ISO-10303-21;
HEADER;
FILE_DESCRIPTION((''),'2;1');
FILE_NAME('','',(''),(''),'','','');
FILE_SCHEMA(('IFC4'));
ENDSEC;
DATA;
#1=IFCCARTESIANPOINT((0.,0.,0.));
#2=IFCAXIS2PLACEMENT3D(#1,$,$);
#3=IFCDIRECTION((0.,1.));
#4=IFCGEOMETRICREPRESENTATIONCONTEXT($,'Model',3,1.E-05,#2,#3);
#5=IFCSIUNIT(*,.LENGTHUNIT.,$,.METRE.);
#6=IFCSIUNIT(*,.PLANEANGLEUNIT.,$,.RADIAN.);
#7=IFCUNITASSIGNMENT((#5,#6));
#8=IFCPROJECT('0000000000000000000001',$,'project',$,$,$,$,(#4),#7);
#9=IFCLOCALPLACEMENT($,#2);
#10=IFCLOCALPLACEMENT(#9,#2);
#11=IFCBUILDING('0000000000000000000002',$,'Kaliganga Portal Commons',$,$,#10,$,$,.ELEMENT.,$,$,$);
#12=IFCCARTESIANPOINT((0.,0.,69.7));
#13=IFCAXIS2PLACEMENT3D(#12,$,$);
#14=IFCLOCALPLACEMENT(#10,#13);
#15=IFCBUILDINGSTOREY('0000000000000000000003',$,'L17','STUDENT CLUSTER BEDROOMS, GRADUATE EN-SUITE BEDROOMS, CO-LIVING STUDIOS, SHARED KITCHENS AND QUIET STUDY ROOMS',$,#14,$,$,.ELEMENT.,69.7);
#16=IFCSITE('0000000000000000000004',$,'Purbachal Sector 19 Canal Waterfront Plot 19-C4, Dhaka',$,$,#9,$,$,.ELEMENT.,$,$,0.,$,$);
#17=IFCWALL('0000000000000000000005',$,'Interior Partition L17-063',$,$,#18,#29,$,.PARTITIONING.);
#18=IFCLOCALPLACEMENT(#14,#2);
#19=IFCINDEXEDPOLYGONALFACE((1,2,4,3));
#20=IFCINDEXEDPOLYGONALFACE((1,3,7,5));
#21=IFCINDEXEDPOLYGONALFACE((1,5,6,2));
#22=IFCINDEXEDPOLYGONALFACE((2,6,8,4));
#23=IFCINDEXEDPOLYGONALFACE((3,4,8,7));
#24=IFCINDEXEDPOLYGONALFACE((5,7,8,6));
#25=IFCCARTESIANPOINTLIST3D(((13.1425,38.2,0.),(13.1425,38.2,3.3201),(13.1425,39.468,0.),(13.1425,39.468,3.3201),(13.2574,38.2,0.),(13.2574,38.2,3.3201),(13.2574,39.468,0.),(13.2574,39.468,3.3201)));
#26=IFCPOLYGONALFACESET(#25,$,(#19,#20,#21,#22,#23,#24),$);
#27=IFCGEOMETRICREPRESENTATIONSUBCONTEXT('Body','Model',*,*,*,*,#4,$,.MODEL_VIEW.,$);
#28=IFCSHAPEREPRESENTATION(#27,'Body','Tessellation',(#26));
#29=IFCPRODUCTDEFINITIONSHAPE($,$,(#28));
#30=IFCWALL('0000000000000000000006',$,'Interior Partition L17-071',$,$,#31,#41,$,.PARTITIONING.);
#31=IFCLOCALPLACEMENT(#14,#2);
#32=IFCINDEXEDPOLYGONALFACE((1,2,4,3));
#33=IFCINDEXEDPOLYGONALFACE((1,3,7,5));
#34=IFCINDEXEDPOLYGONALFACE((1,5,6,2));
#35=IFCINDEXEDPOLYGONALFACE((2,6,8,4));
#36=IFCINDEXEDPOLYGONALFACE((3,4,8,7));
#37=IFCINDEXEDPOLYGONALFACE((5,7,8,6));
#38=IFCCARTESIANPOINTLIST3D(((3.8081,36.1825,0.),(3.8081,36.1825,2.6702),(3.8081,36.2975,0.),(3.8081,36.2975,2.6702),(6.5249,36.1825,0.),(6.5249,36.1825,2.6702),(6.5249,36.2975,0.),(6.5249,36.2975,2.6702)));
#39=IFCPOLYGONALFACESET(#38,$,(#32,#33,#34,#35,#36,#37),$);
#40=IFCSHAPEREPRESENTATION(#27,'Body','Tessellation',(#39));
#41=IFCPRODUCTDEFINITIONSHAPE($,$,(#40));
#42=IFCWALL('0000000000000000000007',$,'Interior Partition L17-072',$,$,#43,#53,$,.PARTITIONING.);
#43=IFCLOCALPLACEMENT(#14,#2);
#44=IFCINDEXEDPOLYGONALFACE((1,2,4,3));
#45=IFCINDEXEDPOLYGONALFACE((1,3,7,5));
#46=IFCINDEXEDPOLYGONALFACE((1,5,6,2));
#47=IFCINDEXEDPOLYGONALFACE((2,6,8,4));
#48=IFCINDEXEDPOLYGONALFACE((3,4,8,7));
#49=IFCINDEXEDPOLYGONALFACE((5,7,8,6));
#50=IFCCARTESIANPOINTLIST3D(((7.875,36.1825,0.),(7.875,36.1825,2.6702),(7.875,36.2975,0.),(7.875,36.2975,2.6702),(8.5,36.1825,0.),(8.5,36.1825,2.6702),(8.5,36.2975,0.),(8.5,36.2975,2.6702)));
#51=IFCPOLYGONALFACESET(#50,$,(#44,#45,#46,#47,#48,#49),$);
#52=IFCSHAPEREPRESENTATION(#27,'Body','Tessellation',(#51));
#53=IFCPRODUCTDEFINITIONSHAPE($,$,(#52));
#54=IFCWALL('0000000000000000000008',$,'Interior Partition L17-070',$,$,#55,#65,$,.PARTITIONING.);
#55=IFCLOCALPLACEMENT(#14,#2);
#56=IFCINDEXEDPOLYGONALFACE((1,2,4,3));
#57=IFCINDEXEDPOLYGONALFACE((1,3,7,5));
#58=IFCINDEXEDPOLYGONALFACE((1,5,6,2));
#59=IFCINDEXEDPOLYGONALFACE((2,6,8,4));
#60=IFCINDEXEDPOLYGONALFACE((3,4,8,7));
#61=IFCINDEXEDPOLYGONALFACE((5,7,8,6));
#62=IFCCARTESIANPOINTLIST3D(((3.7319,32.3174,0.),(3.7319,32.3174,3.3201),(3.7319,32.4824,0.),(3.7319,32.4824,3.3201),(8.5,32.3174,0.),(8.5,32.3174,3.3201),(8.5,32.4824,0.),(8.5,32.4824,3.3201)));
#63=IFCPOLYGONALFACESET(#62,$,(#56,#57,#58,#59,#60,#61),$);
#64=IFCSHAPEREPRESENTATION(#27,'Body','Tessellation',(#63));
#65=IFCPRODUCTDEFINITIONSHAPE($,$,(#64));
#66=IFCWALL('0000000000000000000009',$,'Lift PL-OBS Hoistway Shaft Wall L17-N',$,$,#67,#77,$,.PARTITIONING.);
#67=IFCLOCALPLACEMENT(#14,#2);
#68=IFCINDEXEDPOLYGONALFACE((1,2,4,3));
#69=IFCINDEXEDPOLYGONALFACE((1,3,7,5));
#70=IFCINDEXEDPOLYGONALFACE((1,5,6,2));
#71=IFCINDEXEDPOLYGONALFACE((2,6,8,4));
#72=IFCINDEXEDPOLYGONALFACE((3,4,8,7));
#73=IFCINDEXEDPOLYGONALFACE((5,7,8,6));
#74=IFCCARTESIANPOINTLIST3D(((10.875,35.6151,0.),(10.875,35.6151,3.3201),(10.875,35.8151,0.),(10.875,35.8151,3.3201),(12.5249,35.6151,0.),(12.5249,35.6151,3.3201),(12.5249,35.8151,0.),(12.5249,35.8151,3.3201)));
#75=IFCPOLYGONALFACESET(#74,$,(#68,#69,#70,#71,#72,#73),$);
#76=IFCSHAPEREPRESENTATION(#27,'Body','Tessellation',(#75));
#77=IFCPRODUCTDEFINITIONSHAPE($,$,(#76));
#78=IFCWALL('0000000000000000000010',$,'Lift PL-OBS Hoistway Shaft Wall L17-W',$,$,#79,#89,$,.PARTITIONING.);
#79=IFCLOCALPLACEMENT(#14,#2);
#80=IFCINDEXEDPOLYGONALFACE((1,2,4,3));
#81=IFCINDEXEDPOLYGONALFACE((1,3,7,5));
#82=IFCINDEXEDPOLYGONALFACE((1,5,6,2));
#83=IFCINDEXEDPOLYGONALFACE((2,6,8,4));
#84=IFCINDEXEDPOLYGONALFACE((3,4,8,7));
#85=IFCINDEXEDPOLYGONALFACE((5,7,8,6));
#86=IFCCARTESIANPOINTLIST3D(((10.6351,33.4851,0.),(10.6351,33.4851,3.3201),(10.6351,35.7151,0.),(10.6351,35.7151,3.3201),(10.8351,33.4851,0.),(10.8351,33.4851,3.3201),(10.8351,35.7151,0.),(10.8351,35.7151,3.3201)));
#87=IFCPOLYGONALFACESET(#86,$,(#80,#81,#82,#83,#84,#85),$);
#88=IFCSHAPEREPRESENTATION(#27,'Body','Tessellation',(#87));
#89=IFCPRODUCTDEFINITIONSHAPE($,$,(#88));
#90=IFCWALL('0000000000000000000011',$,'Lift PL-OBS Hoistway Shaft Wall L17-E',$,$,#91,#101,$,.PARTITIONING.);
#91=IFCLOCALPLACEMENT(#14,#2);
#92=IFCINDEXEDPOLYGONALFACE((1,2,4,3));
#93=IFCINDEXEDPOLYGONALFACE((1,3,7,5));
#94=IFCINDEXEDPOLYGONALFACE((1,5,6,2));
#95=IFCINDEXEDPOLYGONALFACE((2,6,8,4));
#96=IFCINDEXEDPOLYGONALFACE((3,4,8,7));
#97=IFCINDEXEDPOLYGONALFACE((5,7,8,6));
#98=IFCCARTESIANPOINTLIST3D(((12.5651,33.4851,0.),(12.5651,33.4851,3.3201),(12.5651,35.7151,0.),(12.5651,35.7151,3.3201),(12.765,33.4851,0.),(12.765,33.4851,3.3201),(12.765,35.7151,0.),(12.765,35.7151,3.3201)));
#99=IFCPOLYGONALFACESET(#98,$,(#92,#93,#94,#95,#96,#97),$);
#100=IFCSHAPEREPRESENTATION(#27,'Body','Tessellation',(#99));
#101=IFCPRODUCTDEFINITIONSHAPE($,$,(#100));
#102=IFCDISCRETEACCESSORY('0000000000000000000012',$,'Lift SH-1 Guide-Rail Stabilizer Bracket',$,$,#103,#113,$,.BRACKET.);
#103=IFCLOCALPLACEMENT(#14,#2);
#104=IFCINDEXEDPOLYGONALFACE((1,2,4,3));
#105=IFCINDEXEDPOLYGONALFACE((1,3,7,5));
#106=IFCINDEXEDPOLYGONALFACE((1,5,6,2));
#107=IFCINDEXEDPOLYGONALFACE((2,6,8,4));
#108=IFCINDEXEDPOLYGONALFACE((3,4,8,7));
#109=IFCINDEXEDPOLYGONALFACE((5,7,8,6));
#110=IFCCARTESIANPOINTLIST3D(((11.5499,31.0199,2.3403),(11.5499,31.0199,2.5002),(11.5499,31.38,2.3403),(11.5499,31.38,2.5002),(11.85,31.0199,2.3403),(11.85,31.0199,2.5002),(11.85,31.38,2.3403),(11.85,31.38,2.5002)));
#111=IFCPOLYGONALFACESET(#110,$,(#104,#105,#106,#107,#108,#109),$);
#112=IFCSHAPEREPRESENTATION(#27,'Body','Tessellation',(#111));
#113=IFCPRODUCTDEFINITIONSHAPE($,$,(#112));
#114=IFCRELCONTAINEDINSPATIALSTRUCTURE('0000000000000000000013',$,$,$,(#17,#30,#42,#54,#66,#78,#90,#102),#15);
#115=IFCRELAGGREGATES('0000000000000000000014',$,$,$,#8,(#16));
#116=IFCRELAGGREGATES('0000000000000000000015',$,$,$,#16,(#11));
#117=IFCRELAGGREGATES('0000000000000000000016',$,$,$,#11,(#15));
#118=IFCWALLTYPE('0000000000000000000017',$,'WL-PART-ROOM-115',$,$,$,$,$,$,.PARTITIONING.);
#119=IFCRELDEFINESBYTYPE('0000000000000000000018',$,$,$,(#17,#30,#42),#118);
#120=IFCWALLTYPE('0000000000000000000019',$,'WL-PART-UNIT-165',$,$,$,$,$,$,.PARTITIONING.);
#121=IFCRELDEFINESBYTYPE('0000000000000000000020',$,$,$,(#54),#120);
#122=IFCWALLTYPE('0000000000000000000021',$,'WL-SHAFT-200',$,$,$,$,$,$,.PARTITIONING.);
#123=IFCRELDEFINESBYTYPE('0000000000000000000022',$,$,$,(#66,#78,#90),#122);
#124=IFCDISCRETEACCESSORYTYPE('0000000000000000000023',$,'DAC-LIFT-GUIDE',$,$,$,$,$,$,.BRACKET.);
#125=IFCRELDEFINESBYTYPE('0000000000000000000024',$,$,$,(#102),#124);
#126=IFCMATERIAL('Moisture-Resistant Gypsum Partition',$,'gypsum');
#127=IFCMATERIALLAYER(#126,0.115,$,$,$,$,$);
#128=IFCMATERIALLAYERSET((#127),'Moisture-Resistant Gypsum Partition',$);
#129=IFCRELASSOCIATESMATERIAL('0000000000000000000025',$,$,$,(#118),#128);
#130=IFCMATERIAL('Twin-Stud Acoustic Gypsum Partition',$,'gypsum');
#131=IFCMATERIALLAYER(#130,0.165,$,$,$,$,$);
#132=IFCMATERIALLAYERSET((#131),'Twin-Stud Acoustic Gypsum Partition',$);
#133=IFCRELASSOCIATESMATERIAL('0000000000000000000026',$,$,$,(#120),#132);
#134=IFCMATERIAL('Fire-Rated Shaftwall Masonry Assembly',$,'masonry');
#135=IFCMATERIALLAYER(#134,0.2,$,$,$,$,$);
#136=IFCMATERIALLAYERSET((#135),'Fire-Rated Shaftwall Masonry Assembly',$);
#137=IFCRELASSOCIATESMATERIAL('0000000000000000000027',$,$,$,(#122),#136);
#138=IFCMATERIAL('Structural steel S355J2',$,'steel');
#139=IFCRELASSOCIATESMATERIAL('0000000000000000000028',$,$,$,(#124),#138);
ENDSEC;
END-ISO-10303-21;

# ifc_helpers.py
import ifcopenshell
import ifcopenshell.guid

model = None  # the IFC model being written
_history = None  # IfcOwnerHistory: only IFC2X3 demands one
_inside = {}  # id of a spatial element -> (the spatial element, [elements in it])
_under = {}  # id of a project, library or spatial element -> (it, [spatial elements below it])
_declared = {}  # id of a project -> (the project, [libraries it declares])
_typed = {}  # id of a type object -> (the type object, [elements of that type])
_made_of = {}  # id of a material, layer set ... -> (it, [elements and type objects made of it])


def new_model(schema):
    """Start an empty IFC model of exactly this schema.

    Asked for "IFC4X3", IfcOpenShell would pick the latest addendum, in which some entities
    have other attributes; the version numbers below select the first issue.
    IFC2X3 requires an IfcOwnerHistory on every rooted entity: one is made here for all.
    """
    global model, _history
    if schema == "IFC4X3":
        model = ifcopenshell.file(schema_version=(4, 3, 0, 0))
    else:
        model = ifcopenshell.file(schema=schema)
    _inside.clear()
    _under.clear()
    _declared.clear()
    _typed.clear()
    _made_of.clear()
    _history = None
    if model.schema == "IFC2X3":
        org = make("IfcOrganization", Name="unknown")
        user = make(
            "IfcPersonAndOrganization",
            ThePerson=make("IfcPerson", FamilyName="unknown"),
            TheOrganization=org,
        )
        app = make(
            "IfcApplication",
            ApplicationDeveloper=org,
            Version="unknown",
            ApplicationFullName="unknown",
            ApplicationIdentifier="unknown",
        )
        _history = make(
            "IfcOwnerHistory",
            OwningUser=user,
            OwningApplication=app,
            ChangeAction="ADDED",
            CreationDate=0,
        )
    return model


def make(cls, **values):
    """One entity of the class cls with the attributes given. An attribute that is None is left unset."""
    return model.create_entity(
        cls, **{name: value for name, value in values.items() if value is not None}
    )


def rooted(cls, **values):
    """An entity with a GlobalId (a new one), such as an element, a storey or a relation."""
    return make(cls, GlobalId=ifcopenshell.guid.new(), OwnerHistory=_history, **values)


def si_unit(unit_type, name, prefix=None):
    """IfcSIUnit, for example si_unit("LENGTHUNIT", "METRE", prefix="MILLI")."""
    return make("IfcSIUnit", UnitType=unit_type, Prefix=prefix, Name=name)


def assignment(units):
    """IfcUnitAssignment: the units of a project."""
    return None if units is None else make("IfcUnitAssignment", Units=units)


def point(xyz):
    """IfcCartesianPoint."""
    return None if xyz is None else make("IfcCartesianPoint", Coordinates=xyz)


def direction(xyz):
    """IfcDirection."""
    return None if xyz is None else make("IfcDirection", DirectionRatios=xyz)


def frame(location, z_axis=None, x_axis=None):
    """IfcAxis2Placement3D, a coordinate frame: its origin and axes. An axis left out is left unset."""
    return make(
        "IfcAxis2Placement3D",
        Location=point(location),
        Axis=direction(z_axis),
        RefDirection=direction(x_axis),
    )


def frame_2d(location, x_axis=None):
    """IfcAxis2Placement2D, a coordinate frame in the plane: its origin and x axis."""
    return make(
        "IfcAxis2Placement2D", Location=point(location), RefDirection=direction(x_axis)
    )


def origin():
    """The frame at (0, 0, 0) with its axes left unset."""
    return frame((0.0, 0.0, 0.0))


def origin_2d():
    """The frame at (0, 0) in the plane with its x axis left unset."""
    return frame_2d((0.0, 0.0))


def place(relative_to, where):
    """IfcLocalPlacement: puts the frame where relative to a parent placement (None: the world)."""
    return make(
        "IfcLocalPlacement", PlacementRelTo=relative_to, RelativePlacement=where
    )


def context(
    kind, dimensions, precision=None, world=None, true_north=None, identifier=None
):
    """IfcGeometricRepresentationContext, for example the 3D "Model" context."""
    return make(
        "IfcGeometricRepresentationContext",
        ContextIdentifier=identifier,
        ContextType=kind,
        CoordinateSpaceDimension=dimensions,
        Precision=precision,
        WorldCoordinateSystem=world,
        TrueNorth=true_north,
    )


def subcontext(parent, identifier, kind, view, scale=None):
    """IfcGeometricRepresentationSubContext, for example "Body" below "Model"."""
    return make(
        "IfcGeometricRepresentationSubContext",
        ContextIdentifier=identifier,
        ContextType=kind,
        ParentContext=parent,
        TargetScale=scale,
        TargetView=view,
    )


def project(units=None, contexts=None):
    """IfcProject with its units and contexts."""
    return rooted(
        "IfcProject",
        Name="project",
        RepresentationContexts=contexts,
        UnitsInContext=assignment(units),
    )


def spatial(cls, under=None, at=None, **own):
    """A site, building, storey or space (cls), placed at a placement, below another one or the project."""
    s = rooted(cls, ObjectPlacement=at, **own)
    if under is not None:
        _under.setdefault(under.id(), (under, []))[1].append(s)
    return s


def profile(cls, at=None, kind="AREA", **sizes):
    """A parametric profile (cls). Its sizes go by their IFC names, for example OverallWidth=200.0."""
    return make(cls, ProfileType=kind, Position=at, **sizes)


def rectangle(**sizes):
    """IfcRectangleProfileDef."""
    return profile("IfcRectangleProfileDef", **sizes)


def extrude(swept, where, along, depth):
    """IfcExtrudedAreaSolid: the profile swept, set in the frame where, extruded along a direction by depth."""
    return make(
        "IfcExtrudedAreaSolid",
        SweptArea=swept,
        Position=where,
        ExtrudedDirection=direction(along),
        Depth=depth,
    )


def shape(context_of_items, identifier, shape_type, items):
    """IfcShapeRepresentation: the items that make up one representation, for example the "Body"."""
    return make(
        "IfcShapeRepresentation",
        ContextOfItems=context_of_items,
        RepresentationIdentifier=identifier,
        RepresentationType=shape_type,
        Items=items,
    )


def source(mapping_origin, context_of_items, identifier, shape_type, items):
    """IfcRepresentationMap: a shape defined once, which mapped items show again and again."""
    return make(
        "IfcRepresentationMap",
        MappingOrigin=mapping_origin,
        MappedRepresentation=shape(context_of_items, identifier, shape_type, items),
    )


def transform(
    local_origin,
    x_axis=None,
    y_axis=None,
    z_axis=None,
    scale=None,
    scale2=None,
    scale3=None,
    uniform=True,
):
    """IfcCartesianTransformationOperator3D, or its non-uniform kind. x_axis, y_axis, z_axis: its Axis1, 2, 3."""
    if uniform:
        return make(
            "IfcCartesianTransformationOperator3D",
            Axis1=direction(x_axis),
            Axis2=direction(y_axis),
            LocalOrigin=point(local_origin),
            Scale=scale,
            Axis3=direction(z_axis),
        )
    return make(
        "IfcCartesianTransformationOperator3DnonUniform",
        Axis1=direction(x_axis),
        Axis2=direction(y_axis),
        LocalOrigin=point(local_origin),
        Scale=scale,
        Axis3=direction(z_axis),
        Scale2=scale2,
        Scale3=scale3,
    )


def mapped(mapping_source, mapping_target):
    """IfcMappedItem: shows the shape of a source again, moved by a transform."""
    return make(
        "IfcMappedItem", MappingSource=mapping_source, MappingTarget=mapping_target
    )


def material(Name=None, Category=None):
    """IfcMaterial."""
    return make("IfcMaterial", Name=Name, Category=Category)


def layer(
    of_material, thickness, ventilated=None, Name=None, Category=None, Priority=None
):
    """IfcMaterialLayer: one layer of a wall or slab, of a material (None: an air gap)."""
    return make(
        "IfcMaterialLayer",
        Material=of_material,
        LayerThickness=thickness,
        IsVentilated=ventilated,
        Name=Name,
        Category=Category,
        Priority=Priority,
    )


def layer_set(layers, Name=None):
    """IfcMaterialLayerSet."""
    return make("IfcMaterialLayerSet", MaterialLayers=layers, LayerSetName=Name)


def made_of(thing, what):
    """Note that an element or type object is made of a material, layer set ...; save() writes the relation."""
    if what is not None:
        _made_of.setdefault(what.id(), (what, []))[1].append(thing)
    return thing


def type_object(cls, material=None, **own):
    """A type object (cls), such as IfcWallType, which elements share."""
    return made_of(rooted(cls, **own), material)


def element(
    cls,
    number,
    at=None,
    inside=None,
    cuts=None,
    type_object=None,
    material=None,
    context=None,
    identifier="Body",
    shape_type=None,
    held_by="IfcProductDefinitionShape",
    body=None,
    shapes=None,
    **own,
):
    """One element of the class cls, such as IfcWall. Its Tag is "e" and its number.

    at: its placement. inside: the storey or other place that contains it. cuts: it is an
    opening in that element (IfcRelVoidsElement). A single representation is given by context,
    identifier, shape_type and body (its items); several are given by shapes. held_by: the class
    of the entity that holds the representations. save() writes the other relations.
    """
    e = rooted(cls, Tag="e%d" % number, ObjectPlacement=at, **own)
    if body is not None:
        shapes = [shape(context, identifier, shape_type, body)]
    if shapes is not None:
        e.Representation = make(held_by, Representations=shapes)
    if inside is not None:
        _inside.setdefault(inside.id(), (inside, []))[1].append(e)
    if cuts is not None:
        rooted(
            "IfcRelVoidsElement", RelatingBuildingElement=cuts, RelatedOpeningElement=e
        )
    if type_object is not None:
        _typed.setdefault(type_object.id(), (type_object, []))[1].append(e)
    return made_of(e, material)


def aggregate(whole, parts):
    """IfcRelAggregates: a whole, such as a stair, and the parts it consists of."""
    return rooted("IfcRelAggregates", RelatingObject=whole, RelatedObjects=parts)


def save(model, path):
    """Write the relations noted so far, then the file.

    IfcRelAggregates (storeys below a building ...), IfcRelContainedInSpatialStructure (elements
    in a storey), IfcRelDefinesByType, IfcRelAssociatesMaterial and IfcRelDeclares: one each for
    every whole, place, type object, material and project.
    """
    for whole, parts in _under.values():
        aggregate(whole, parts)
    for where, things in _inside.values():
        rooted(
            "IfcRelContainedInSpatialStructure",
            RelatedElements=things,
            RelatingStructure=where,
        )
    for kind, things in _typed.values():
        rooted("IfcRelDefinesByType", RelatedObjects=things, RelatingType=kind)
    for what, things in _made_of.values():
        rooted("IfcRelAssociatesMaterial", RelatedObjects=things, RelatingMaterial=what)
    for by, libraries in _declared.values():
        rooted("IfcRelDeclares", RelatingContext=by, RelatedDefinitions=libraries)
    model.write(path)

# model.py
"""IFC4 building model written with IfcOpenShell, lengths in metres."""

from ifc_helpers import new_model, si_unit, direction, frame, frame_2d, origin, origin_2d, place, context, subcontext, project, spatial, rectangle, extrude, source, transform, mapped, material, layer, layer_set, type_object, element, save


model = new_model("IFC4")

# Units and contexts
model_context = context("Model", 3, precision=1e-05, world=origin(), true_north=direction((0.0, 1.0)))
body_context = subcontext(model_context, "Body", "Model", "MODEL_VIEW")
ifc_project = project(units=[si_unit("LENGTHUNIT", "METRE"), si_unit("PLANEANGLEUNIT", "RADIAN")], contexts=[model_context])

# Site, building, storey
site_placement = place(None, origin())
site = spatial("IfcSite", under=ifc_project, at=site_placement, Name="Purbachal Sector 19 Canal Waterfront Plot 19-C4, Dhaka", CompositionType="ELEMENT", RefElevation=0.0)
building_placement = place(site_placement, origin())
building = spatial("IfcBuilding", under=site, at=building_placement, Name="Kaliganga Portal Commons", CompositionType="ELEMENT")
storey_placement = place(building_placement, frame((0.0, 0.0, 69.7)))
storey = spatial("IfcBuildingStorey", under=building, at=storey_placement, Name="L17", Description="STUDENT CLUSTER BEDROOMS, GRADUATE EN-SUITE BEDROOMS, CO-LIVING STUDIOS, SHARED KITCHENS AND QUIET STUDY ROOMS", CompositionType="ELEMENT", Elevation=69.7)

# Shared definitions
ifc_material_1 = material(Name="Structural steel S355J2", Category="steel")

# Walls
ifc_material_2 = material(Name="Moisture-Resistant Gypsum Partition", Category="gypsum")
ifc_layer_1 = layer(ifc_material_2, 0.115)
ifc_layer_set_1 = layer_set([ifc_layer_1], Name="Moisture-Resistant Gypsum Partition")
wall_type_1 = type_object("IfcWallType", Name="WL-PART-ROOM-115", PredefinedType="PARTITIONING", material=ifc_layer_set_1)
wall_1_placement = place(storey_placement, frame((13.2, 38.2, 0.0), z_axis=(0.0, 0.0, 1.0), x_axis=(0.0, 1.0, 0.0)))
element("IfcWall", 1, at=wall_1_placement, inside=storey, type_object=wall_type_1, Name="Interior Partition L17-063", PredefinedType="PARTITIONING", context=body_context, shape_type="SweptSolid", body=[
    extrude(rectangle(XDim=1.2681, YDim=0.115, at=frame_2d((0.634, 0.0))), origin(), (0.0, 0.0, 1.0), 3.3201),
])
wall_2_placement = place(storey_placement, frame((3.8081, 36.24, 0.0), z_axis=(0.0, 0.0, 1.0), x_axis=(1.0, 0.0, 0.0)))
element("IfcWall", 2, at=wall_2_placement, inside=storey, type_object=wall_type_1, Name="Interior Partition L17-071", PredefinedType="PARTITIONING", context=body_context, shape_type="SweptSolid", body=[
    extrude(rectangle(XDim=2.7168, YDim=0.115, at=frame_2d((1.3584, 0.0))), origin(), (0.0, 0.0, 1.0), 2.6702),
])
wall_3_placement = place(storey_placement, frame((7.875, 36.24, 0.0), z_axis=(0.0, 0.0, 1.0), x_axis=(1.0, 0.0, 0.0)))
element("IfcWall", 3, at=wall_3_placement, inside=storey, type_object=wall_type_1, Name="Interior Partition L17-072", PredefinedType="PARTITIONING", context=body_context, shape_type="SweptSolid", body=[
    extrude(rectangle(XDim=0.625, YDim=0.115, at=frame_2d((0.3125, 0.0))), origin(), (0.0, 0.0, 1.0), 2.6702),
])
ifc_material_3 = material(Name="Twin-Stud Acoustic Gypsum Partition", Category="gypsum")
ifc_layer_2 = layer(ifc_material_3, 0.165)
ifc_layer_set_2 = layer_set([ifc_layer_2], Name="Twin-Stud Acoustic Gypsum Partition")
wall_type_2 = type_object("IfcWallType", Name="WL-PART-UNIT-165", PredefinedType="PARTITIONING", material=ifc_layer_set_2)
wall_4_placement = place(storey_placement, frame((3.7319, 32.3999, 0.0), z_axis=(0.0, 0.0, 1.0), x_axis=(1.0, 0.0, 0.0)))
element("IfcWall", 4, at=wall_4_placement, inside=storey, type_object=wall_type_2, Name="Interior Partition L17-070", PredefinedType="PARTITIONING", context=body_context, shape_type="SweptSolid", body=[
    extrude(rectangle(XDim=4.7681, YDim=0.165, at=frame_2d((2.384, 0.0))), origin(), (0.0, 0.0, 1.0), 3.3201),
])

# Shared definitions
ifc_material_4 = material(Name="Fire-Rated Shaftwall Masonry Assembly", Category="masonry")
ifc_layer_3 = layer(ifc_material_4, 0.2)
ifc_layer_set_3 = layer_set([ifc_layer_3], Name="Fire-Rated Shaftwall Masonry Assembly")
wall_type_3 = type_object("IfcWallType", Name="WL-SHAFT-200", PredefinedType="PARTITIONING", material=ifc_layer_set_3)

# Walls
wall_5_placement = place(storey_placement, frame((10.875, 35.7151, 0.0), z_axis=(0.0, 0.0, 1.0), x_axis=(1.0, 0.0, 0.0)))
element("IfcWall", 5, at=wall_5_placement, inside=storey, type_object=wall_type_3, Name="Lift PL-OBS Hoistway Shaft Wall L17-N", PredefinedType="PARTITIONING", context=body_context, shape_type="SweptSolid", body=[
    extrude(rectangle(XDim=1.6499, YDim=0.2, at=frame_2d((0.825, 0.0))), origin(), (0.0, 0.0, 1.0), 3.3201),
])
for number, where, z_axis, x_axis, name in (
    (6, (10.7351, 33.4851, 0.0), (0.0, 0.0, 1.0), (0.0, 1.0, 0.0), "Lift PL-OBS Hoistway Shaft Wall L17-W"),
    (7, (12.665, 33.4851, 0.0), (0.0, 0.0, 1.0), (0.0, 1.0, 0.0), "Lift PL-OBS Hoistway Shaft Wall L17-E"),
):
    element("IfcWall", number, at=place(storey_placement, frame(where, z_axis=z_axis, x_axis=x_axis)), inside=storey, type_object=wall_type_3, Name=name, PredefinedType="PARTITIONING", context=body_context, shape_type="SweptSolid", body=[
        extrude(rectangle(XDim=2.23, YDim=0.2, at=frame_2d((1.115, 0.0))), origin(), (0.0, 0.0, 1.0), 3.3201),
    ])

# Discrete accessory
discrete_accessory_type = type_object("IfcDiscreteAccessoryType", Name="DAC-LIFT-GUIDE", PredefinedType="BRACKET", material=ifc_material_1)
shared_shape_1 = source(origin(), body_context, "Body", "SweptSolid", [
    extrude(rectangle(XDim=0.3, YDim=0.3601, at=origin_2d()), origin(), (0.0, 0.0, 1.0), 0.1599),
])
discrete_accessory_placement = place(storey_placement, frame((11.7, 31.2, 2.3403), z_axis=(0.0, 0.0, 1.0), x_axis=(1.0, 0.0, 0.0)))
element("IfcDiscreteAccessory", 8, at=discrete_accessory_placement, inside=storey, type_object=discrete_accessory_type, Name="Lift SH-1 Guide-Rail Stabilizer Bracket", PredefinedType="BRACKET", context=body_context, shape_type="MappedRepresentation", body=[
    mapped(shared_shape_1, transform((0.0, 0.0, 0.0), x_axis=(1.0, 0.0, 0.0), y_axis=(0.0, 1.0, 0.0), z_axis=(0.0, 0.0, 1.0), scale=1.0)),
])

save(model, "model.ifc")
